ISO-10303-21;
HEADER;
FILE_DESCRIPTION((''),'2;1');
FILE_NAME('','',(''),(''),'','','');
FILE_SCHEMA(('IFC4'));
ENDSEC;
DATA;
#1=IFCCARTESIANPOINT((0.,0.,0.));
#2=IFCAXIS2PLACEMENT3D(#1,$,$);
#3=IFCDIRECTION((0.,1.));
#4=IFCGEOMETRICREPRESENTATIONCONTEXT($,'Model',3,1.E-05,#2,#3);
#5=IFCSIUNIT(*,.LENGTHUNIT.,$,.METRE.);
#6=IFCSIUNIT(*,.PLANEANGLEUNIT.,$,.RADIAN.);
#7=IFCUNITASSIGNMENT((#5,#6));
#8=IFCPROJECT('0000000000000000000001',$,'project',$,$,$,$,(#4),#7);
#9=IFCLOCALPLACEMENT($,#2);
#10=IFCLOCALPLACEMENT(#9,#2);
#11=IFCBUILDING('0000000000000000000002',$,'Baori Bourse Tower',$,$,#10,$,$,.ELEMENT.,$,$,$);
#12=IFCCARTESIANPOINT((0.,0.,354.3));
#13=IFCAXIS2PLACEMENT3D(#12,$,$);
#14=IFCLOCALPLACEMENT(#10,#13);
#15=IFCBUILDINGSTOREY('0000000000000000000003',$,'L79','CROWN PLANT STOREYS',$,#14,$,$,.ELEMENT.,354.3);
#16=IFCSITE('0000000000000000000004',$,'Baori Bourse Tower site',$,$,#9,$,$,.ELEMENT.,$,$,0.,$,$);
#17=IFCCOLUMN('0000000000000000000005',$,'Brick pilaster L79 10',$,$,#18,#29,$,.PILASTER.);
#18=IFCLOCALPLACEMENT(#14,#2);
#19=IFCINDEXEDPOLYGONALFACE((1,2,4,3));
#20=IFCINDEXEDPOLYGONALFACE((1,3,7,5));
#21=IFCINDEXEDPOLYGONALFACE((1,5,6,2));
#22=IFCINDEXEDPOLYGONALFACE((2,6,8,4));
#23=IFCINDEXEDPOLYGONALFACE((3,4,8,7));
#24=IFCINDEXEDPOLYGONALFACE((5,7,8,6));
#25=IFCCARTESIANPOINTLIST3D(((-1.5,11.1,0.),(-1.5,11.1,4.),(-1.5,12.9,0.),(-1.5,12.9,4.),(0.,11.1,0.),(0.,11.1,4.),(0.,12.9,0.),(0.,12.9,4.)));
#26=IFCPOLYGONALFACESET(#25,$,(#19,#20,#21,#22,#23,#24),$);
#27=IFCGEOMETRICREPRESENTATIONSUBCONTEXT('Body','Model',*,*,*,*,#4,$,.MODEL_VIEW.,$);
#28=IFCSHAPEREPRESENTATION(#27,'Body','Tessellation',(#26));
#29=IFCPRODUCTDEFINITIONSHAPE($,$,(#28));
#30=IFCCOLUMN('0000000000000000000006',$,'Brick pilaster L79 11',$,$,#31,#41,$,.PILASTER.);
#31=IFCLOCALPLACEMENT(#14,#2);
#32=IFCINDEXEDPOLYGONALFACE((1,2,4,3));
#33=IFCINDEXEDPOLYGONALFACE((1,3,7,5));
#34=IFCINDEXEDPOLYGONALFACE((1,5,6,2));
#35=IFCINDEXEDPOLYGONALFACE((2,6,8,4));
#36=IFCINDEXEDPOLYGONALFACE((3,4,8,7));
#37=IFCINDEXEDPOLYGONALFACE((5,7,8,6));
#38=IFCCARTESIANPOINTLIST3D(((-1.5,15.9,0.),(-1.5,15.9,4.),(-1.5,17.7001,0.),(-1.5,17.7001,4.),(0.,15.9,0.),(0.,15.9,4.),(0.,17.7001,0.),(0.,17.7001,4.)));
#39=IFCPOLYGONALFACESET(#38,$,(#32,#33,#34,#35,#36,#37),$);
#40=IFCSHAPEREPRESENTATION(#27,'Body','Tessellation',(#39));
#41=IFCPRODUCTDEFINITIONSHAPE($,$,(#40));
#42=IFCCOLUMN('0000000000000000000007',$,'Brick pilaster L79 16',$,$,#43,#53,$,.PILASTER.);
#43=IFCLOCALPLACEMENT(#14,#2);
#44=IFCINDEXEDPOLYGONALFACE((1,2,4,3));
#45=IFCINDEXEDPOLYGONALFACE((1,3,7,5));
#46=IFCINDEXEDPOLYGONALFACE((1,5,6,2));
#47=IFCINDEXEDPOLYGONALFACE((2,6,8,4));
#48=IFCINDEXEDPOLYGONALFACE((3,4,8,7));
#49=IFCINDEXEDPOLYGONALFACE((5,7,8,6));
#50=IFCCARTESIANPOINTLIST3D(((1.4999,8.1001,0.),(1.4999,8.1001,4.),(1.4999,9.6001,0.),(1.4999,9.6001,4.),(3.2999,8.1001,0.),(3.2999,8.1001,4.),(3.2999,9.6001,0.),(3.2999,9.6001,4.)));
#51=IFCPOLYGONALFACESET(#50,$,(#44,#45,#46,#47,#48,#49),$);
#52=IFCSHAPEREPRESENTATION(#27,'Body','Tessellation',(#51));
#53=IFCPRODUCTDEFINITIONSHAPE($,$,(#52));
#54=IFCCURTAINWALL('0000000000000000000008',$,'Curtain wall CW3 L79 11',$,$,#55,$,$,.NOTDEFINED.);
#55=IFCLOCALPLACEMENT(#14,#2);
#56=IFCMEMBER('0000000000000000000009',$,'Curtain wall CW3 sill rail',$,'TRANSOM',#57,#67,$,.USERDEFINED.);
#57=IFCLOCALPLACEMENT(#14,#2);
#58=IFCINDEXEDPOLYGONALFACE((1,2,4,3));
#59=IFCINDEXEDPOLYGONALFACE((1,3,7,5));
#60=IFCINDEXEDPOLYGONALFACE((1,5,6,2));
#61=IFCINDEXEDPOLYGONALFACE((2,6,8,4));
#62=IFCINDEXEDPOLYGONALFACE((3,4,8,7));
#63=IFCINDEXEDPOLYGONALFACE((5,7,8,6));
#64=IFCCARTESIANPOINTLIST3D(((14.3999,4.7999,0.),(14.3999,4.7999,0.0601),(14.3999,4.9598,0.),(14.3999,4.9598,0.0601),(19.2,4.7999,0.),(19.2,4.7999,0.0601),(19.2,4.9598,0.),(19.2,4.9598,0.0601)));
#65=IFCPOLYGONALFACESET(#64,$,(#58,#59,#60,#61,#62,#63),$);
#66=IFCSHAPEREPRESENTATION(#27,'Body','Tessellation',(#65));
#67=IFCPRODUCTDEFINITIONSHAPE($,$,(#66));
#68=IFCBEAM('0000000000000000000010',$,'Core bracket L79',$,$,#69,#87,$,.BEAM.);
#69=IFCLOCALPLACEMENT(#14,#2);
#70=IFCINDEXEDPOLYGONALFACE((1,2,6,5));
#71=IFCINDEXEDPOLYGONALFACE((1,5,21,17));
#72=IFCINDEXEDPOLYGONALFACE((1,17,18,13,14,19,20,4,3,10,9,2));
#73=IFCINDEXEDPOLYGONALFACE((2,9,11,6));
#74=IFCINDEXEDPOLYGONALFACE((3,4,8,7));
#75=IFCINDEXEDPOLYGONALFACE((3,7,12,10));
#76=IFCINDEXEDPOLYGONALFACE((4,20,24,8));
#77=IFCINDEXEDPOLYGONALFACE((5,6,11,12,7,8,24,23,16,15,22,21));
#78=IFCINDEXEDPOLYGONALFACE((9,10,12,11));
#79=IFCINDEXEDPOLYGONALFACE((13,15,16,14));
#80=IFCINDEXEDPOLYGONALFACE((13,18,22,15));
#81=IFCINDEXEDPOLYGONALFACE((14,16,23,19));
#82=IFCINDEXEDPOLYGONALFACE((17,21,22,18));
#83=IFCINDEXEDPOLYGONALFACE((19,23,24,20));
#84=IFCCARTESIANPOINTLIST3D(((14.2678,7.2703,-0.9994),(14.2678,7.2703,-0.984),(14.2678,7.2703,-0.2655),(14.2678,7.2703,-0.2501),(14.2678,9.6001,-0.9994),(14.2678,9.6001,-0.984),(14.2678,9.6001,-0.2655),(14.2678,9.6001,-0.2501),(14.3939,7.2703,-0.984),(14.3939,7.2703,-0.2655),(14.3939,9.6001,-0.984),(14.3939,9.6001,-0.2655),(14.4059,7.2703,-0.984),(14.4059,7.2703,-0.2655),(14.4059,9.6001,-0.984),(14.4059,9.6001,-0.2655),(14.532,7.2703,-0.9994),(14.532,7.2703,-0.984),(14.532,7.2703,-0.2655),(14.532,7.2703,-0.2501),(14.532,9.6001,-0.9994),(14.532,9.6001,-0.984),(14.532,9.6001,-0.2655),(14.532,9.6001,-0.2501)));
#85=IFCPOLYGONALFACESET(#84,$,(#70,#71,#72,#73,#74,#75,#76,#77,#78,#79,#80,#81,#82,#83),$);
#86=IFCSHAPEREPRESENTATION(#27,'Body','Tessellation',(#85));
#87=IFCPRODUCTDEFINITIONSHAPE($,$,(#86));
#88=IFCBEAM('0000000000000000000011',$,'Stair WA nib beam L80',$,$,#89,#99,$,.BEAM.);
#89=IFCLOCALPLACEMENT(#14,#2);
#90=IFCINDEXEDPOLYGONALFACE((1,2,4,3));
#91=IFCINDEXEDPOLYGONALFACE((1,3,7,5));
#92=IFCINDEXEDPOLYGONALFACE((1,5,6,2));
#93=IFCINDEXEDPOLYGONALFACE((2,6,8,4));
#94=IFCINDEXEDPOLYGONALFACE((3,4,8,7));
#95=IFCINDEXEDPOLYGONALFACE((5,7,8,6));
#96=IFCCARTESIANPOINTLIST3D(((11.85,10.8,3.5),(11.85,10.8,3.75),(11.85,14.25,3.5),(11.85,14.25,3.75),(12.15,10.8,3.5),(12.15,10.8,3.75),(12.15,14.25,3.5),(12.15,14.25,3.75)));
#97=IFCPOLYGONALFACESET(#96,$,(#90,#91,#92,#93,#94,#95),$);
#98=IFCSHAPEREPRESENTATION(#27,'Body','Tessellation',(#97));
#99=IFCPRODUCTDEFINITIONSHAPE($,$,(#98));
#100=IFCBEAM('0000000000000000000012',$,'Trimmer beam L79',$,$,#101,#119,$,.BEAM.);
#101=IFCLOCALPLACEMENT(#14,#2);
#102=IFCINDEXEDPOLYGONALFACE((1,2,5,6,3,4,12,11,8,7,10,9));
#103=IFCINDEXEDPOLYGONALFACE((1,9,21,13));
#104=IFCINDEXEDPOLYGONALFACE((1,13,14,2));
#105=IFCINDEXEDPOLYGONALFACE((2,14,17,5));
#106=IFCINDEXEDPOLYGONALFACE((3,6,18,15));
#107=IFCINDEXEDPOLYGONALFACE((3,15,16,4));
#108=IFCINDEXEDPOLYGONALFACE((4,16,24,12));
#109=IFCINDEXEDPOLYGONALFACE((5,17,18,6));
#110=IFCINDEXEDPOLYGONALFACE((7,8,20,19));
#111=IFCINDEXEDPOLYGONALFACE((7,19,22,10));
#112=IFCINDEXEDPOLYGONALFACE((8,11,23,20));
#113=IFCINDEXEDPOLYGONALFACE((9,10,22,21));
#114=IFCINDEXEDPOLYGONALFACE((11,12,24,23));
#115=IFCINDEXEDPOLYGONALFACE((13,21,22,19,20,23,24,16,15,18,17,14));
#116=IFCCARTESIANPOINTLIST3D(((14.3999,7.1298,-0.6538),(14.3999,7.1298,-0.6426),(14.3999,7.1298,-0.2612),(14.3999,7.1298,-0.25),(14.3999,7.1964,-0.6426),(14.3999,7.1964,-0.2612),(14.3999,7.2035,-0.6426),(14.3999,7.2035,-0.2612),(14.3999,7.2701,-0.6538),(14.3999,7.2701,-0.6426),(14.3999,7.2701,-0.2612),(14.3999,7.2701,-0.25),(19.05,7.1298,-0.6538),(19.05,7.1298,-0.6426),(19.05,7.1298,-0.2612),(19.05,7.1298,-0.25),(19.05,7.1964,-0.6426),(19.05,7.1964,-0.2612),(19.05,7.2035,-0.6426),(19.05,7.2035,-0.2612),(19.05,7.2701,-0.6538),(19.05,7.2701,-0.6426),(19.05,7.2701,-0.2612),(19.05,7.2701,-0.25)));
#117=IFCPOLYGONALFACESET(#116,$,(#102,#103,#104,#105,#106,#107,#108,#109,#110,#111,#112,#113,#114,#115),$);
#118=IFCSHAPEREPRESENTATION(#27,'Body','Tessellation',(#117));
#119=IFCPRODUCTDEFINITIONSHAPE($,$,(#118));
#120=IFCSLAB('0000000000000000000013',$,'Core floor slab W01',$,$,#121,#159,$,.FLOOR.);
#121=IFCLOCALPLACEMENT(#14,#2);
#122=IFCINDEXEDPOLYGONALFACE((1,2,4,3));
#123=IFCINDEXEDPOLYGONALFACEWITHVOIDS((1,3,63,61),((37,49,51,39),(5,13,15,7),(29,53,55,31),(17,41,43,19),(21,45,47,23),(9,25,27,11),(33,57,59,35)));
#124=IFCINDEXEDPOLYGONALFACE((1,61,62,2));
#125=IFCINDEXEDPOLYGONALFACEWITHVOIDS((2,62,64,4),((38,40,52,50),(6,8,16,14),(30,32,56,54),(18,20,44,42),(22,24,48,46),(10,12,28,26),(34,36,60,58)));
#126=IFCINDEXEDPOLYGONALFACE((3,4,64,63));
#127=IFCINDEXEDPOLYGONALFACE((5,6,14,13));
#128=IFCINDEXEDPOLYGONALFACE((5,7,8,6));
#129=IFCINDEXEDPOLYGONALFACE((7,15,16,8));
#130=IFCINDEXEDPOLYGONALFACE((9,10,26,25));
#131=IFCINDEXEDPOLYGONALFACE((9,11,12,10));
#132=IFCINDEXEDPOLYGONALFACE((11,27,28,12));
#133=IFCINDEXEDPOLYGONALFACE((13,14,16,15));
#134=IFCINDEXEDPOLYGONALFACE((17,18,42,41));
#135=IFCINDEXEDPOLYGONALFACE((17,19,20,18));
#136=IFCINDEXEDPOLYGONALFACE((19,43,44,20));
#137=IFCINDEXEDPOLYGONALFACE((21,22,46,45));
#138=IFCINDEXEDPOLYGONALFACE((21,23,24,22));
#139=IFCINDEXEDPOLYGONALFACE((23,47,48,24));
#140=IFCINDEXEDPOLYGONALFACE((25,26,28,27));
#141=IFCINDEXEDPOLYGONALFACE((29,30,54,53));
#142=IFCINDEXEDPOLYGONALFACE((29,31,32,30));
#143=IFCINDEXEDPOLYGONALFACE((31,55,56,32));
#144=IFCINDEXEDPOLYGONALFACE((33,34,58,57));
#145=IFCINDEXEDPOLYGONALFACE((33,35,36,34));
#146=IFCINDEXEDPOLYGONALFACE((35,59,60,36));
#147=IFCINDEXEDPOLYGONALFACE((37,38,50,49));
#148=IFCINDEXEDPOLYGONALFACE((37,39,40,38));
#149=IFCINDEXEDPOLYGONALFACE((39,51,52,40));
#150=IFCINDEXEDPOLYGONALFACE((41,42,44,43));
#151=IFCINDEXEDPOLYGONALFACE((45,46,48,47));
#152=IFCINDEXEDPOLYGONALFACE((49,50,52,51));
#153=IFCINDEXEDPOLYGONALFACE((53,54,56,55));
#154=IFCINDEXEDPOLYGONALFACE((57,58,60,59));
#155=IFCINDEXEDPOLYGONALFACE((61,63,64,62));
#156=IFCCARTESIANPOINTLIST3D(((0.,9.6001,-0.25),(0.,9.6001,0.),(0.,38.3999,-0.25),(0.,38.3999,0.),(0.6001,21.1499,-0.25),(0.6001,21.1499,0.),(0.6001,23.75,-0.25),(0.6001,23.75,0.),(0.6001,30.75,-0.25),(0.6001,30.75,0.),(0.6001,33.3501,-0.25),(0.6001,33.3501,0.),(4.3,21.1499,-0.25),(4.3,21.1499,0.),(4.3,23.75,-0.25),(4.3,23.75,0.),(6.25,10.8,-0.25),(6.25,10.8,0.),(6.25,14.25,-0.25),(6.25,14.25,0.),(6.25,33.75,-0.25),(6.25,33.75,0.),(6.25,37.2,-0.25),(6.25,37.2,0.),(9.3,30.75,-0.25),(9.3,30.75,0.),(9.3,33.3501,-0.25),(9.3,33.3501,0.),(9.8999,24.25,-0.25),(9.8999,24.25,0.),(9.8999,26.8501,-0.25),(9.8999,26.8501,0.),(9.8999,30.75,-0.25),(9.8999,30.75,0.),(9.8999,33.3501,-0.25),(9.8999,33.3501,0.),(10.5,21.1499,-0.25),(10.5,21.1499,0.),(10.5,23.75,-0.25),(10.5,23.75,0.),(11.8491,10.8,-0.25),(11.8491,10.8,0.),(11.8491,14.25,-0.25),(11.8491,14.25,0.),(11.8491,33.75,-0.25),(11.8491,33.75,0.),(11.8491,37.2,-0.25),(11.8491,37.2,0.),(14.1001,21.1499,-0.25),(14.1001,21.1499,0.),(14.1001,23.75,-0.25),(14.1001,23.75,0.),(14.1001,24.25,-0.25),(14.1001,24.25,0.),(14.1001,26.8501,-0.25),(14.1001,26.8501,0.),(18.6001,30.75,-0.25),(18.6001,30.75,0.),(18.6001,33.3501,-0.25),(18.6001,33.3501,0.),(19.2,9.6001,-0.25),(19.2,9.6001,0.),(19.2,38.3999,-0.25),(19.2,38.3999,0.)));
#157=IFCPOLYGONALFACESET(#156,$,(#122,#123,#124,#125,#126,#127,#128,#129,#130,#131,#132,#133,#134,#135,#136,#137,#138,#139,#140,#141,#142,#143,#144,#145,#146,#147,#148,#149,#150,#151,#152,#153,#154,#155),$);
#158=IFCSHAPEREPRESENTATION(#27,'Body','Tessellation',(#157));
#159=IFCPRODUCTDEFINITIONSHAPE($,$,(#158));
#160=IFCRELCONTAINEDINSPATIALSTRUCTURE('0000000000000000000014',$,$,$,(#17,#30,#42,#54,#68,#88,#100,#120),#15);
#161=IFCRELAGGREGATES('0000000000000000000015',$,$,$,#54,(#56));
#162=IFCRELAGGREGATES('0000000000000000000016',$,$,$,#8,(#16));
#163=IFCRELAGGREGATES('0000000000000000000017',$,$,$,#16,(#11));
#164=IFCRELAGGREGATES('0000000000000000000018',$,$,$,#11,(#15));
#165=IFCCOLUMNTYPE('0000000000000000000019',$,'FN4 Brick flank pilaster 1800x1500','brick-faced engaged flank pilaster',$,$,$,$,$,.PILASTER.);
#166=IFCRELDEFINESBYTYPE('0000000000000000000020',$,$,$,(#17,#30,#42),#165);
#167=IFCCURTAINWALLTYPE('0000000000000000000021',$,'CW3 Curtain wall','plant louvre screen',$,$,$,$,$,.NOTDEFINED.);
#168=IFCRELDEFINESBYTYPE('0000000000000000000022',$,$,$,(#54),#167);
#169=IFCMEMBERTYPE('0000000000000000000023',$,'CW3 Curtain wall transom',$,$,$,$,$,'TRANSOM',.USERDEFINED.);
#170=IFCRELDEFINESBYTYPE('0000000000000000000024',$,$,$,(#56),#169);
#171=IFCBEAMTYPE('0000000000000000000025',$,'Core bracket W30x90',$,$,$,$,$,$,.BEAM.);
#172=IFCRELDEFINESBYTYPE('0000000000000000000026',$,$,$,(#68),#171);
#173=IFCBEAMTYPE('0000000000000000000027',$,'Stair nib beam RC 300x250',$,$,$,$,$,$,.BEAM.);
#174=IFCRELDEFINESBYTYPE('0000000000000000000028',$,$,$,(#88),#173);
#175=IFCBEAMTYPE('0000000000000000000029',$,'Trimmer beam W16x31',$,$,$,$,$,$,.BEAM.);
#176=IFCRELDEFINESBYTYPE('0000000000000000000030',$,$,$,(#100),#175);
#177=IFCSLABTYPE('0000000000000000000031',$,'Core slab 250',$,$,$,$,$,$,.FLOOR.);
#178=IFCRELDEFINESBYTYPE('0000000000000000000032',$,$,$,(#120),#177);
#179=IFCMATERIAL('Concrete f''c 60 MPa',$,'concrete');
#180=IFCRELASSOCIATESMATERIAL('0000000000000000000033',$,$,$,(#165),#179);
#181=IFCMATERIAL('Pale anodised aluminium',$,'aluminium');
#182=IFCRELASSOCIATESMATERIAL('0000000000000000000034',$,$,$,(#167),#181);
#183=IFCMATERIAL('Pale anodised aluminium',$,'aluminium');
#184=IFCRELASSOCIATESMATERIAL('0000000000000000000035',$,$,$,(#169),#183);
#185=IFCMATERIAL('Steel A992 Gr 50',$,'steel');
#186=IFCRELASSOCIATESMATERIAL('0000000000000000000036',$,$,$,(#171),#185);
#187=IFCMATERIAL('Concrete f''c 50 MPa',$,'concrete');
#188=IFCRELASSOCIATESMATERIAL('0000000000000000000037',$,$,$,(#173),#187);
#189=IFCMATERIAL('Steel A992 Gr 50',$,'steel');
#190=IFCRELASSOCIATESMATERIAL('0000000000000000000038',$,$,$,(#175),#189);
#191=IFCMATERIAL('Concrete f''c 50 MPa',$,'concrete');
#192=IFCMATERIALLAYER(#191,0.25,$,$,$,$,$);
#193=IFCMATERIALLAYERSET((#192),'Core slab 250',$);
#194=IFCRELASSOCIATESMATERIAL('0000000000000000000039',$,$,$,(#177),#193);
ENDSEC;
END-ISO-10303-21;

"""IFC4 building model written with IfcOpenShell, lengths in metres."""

from ifc_helpers import new_model, si_unit, direction, frame, origin, origin_2d, place, context, subcontext, project, spatial, polyline, rectangle, i_section, outline, extrude, material, layer, layer_set, material_profile, profile_set, type_object, element, aggregate, save


model = new_model("IFC4")

# Units and contexts
model_context = context("Model", 3, precision=1e-05, world=origin(), true_north=direction((0.0, 1.0)))
body_context = subcontext(model_context, "Body", "Model", "MODEL_VIEW")
ifc_project = project(units=[si_unit("LENGTHUNIT", "METRE"), si_unit("PLANEANGLEUNIT", "RADIAN")], contexts=[model_context])

# Site, building, storey
site_placement = place(None, origin())
site = spatial("IfcSite", under=ifc_project, at=site_placement, Name="Baori Bourse Tower site", CompositionType="ELEMENT", RefElevation=0.0)
building_placement = place(site_placement, origin())
building = spatial("IfcBuilding", under=site, at=building_placement, Name="Baori Bourse Tower", CompositionType="ELEMENT")
storey_placement = place(building_placement, frame((0.0, 0.0, 354.3)))
storey = spatial("IfcBuildingStorey", under=building, at=storey_placement, Name="L79", Description="CROWN PLANT STOREYS", CompositionType="ELEMENT", Elevation=354.3)

# Columns
ifc_material_1 = material(Name="Concrete f'c 60 MPa", Category="concrete")
ifc_material_profile_1 = material_profile(ifc_material_1, rectangle(XDim=1.8, YDim=1.5, at=origin_2d()), Name="RC 1800x1500")
ifc_profile_set_1 = profile_set([ifc_material_profile_1], Name="Concrete f'c 60 MPa")
column_type = type_object("IfcColumnType", Name="FN4 Brick flank pilaster 1800x1500", Description="brick-faced engaged flank pilaster", PredefinedType="PILASTER", material=ifc_profile_set_1)
for number, where, z_axis, x_axis, name in (
    (1, (-0.75, 12.0, 0.0), (0.0, 0.0, 1.0), (0.0, 1.0, 0.0), "Brick pilaster L79 10"),
    (2, (-0.75, 16.8, 0.0), (0.0, 0.0, 1.0), (0.0, 1.0, 0.0), "Brick pilaster L79 11"),
    (3, (2.3999, 8.8501, 0.0), (0.0, 0.0, 1.0), (1.0, 0.0, 0.0), "Brick pilaster L79 16"),
):
    element("IfcColumn", number, at=place(storey_placement, frame(where, z_axis=z_axis, x_axis=x_axis)), inside=storey, type_object=column_type, Name=name, PredefinedType="PILASTER", context=body_context, shape_type="SweptSolid", body=[
        extrude(rectangle(XDim=1.8, YDim=1.5, at=origin_2d()), origin(), (0.0, 0.0, 1.0), 4.0),
    ])

# Curtain wall, member
ifc_material_2 = material(Name="Pale anodised aluminium", Category="aluminium")
curtain_wall_type = type_object("IfcCurtainWallType", Name="CW3 Curtain wall", Description="plant louvre screen", PredefinedType="NOTDEFINED", material=ifc_material_2)
curtain_wall_placement = place(storey_placement, origin())
curtain_wall = element("IfcCurtainWall", 4, at=curtain_wall_placement, inside=storey, type_object=curtain_wall_type, Name="Curtain wall CW3 L79 11", PredefinedType="NOTDEFINED")
ifc_material_3 = material(Name="Pale anodised aluminium", Category="aluminium")
ifc_material_profile_2 = material_profile(ifc_material_3, rectangle(XDim=0.1599, YDim=0.0601, at=origin_2d()), Name="Transom 60x160")
ifc_profile_set_2 = profile_set([ifc_material_profile_2], Name="Pale anodised aluminium")
member_type = type_object("IfcMemberType", Name="CW3 Curtain wall transom", ElementType="TRANSOM", PredefinedType="USERDEFINED", material=ifc_profile_set_2)
member_placement = place(storey_placement, frame((14.3999, 4.8799, 0.03), z_axis=(1.0, 0.0, 0.0), x_axis=(0.0, 1.0, 0.0)))
member = element("IfcMember", 5, at=member_placement, type_object=member_type, Name="Curtain wall CW3 sill rail", ObjectType="TRANSOM", PredefinedType="USERDEFINED", context=body_context, shape_type="SweptSolid", body=[
    extrude(rectangle(XDim=0.1599, YDim=0.0601, at=origin_2d()), origin(), (0.0, 0.0, 1.0), 4.8),
])
aggregate(curtain_wall, [member])

# Beams
ifc_material_4 = material(Name="Steel A992 Gr 50", Category="steel")
ifc_material_profile_3 = material_profile(ifc_material_4, i_section(OverallWidth=0.2642, OverallDepth=0.7493, WebThickness=0.012, FlangeThickness=0.0154, at=origin_2d()), Name="W30x90")
ifc_profile_set_3 = profile_set([ifc_material_profile_3], Name="Steel A992 Gr 50")
beam_type_1 = type_object("IfcBeamType", Name="Core bracket W30x90", PredefinedType="BEAM", material=ifc_profile_set_3)
beam_1_placement = place(storey_placement, frame((14.3999, 7.2703, -0.6248), z_axis=(0.0, 1.0, 0.0), x_axis=(-1.0, 0.0, 0.0)))
element("IfcBeam", 6, at=beam_1_placement, inside=storey, type_object=beam_type_1, Name="Core bracket L79", PredefinedType="BEAM", context=body_context, shape_type="SweptSolid", body=[
    extrude(i_section(OverallWidth=0.2642, OverallDepth=0.7493, WebThickness=0.012, FlangeThickness=0.0154, at=origin_2d()), origin(), (0.0, 0.0, 1.0), 2.3298),
])
ifc_material_5 = material(Name="Concrete f'c 50 MPa", Category="concrete")
ifc_material_profile_4 = material_profile(ifc_material_5, rectangle(XDim=0.3, YDim=0.25, at=origin_2d()), Name="RC 300x250")
ifc_profile_set_4 = profile_set([ifc_material_profile_4], Name="Concrete f'c 50 MPa")
beam_type_2 = type_object("IfcBeamType", Name="Stair nib beam RC 300x250", PredefinedType="BEAM", material=ifc_profile_set_4)
beam_2_placement = place(storey_placement, frame((12.0, 10.8, 3.625), z_axis=(0.0, 1.0, 0.0), x_axis=(-1.0, 0.0, 0.0)))
element("IfcBeam", 7, at=beam_2_placement, inside=storey, type_object=beam_type_2, Name="Stair WA nib beam L80", PredefinedType="BEAM", context=body_context, shape_type="SweptSolid", body=[
    extrude(rectangle(XDim=0.3, YDim=0.25, at=origin_2d()), origin(), (0.0, 0.0, 1.0), 3.45),
])
ifc_material_6 = material(Name="Steel A992 Gr 50", Category="steel")
ifc_material_profile_5 = material_profile(ifc_material_6, i_section(OverallWidth=0.1404, OverallDepth=0.4038, WebThickness=0.0071, FlangeThickness=0.0112, at=origin_2d()), Name="W16x31")
ifc_profile_set_5 = profile_set([ifc_material_profile_5], Name="Steel A992 Gr 50")
beam_type_3 = type_object("IfcBeamType", Name="Trimmer beam W16x31", PredefinedType="BEAM", material=ifc_profile_set_5)
beam_3_placement = place(storey_placement, frame((14.3999, 7.2, -0.4519), z_axis=(1.0, 0.0, 0.0), x_axis=(0.0, 1.0, 0.0)))
element("IfcBeam", 8, at=beam_3_placement, inside=storey, type_object=beam_type_3, Name="Trimmer beam L79", PredefinedType="BEAM", context=body_context, shape_type="SweptSolid", body=[
    extrude(i_section(OverallWidth=0.1404, OverallDepth=0.4038, WebThickness=0.0071, FlangeThickness=0.0112, at=origin_2d()), origin(), (0.0, 0.0, 1.0), 4.6501),
])

# Slab
ifc_material_7 = material(Name="Concrete f'c 50 MPa", Category="concrete")
ifc_layer_1 = layer(ifc_material_7, 0.25)
ifc_layer_set_1 = layer_set([ifc_layer_1], Name="Core slab 250")
slab_type_1 = type_object("IfcSlabType", Name="Core slab 250", PredefinedType="FLOOR", material=ifc_layer_set_1)
slab_1_placement = place(storey_placement, frame((0.0, 0.0, -0.25)))
element("IfcSlab", 9, at=slab_1_placement, inside=storey, type_object=slab_type_1, Name="Core floor slab W01", PredefinedType="FLOOR", context=body_context, shape_type="SweptSolid", body=[
    extrude(outline(polyline([(19.2, 38.3999), (0.0, 38.3999), (0.0, 9.6001), (19.2, 9.6001), (19.2, 38.3999)]), holes=[polyline([(9.8999, 33.3501), (18.6001, 33.3501), (18.6001, 30.75), (9.8999, 30.75), (9.8999, 33.3501)]), polyline([(10.5, 21.1499), (10.5, 23.75), (14.1001, 23.75), (14.1001, 21.1499), (10.5, 21.1499)]), polyline([(14.1001, 24.25), (9.8999, 24.25), (9.8999, 26.8501), (14.1001, 26.8501), (14.1001, 24.25)]), polyline([(6.25, 14.25), (11.8491, 14.25), (11.8491, 10.8), (6.25, 10.8), (6.25, 14.25)]), polyline([(11.8491, 37.2), (11.8491, 33.75), (6.25, 33.75), (6.25, 37.2), (11.8491, 37.2)]), polyline([(0.6001, 30.75), (0.6001, 33.3501), (9.3, 33.3501), (9.3, 30.75), (0.6001, 30.75)]), polyline([(4.3, 23.75), (4.3, 21.1499), (0.6001, 21.1499), (0.6001, 23.75), (4.3, 23.75)])]), origin(), (0.0, 0.0, 1.0), 0.25),
])

save(model, "model.ifc")
